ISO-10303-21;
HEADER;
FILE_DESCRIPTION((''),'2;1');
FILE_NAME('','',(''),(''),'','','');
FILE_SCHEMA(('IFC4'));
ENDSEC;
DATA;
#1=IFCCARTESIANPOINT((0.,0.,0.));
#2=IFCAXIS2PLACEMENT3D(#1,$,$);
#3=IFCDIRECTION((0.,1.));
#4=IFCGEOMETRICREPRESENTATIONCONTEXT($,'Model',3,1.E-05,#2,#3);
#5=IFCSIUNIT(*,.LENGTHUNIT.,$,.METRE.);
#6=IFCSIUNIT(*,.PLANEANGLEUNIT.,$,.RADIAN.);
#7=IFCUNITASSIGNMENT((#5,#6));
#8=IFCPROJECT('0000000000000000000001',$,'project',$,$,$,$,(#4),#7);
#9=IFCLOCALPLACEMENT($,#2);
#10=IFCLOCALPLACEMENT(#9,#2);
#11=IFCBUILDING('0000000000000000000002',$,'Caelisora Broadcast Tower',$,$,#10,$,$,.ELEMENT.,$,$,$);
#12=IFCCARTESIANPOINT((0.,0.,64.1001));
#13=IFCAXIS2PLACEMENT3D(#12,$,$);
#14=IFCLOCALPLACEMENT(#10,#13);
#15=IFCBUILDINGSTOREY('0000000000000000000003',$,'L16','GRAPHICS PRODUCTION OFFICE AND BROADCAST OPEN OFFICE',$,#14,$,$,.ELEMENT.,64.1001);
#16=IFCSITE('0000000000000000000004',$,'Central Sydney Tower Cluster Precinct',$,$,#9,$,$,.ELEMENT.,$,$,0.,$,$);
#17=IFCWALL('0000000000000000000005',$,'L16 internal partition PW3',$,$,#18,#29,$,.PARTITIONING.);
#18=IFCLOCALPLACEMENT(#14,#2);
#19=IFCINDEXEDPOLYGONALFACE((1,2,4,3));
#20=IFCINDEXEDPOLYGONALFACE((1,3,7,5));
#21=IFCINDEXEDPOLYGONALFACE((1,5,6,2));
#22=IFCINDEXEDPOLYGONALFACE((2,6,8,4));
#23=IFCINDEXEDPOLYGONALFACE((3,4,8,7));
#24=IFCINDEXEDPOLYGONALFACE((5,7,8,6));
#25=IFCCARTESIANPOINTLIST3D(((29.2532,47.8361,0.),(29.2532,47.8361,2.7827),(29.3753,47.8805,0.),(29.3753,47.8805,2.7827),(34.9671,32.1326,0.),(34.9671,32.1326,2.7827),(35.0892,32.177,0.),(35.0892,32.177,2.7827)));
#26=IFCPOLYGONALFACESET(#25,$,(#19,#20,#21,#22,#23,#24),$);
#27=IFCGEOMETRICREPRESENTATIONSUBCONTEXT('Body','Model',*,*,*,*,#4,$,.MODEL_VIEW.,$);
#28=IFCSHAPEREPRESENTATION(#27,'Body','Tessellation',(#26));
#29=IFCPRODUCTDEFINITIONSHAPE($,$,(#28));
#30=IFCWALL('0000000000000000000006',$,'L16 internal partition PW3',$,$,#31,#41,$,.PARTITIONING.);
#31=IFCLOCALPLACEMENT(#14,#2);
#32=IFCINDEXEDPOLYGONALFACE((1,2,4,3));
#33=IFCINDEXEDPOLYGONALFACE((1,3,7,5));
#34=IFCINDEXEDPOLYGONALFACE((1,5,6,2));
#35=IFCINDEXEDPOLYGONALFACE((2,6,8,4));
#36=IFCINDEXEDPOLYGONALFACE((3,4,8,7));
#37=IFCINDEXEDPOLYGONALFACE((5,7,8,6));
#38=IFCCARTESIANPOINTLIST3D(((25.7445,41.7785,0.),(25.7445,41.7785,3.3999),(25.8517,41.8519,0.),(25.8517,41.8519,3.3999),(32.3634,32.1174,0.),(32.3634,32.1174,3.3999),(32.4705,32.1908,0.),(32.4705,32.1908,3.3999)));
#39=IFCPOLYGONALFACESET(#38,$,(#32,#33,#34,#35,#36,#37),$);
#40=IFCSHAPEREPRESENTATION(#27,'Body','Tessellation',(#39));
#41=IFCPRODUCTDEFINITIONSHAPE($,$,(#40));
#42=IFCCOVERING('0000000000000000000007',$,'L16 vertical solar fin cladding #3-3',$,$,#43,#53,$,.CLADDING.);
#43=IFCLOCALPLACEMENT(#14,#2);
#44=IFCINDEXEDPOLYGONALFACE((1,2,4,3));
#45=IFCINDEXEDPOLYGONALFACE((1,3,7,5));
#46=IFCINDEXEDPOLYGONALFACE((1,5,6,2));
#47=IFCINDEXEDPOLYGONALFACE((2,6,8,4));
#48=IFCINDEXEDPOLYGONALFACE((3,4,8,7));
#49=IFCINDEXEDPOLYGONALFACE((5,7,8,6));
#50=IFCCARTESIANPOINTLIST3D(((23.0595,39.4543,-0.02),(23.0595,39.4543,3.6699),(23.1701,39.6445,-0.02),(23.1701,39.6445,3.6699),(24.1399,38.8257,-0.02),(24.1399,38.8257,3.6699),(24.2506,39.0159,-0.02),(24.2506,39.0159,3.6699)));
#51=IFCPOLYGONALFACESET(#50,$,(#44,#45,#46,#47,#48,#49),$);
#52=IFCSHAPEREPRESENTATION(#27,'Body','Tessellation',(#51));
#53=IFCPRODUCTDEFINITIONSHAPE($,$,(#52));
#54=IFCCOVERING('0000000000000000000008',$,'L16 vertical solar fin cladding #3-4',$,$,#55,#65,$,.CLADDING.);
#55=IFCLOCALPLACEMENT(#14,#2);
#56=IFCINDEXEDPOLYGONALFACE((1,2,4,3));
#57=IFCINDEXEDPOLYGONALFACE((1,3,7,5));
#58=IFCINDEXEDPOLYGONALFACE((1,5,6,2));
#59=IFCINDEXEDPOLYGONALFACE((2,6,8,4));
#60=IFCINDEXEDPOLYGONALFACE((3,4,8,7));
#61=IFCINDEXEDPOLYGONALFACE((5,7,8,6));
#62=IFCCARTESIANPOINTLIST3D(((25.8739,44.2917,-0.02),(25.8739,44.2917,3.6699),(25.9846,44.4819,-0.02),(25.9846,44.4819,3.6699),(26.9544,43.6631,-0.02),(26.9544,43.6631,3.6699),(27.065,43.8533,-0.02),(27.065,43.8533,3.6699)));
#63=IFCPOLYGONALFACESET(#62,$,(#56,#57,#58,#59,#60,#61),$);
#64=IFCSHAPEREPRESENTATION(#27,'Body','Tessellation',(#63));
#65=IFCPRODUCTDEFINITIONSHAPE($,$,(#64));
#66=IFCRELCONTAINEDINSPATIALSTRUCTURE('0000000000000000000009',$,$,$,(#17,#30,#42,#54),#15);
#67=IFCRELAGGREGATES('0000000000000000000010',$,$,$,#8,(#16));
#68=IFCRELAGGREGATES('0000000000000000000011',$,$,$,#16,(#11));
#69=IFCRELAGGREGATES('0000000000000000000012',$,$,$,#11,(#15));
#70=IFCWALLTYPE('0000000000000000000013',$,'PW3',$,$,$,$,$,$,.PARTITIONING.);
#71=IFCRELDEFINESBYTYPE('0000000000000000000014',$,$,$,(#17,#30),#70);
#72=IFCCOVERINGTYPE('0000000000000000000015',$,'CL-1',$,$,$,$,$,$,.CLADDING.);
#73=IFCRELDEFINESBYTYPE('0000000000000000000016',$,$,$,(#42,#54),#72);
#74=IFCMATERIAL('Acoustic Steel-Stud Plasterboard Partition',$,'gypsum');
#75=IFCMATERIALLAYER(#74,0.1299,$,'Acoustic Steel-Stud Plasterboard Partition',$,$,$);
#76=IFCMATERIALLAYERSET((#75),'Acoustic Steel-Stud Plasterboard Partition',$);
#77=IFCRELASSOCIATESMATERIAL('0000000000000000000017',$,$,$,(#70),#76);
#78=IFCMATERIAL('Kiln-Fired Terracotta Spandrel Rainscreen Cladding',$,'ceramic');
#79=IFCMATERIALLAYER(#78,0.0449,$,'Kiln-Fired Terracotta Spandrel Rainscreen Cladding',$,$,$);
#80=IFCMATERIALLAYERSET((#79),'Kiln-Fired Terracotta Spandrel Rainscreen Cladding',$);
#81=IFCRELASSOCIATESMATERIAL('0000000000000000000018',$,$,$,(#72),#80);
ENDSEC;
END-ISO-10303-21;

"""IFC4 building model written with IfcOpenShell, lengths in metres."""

from ifc_helpers import new_model, si_unit, direction, frame, frame_2d, origin, origin_2d, place, context, subcontext, project, spatial, rectangle, extrude, source, transform, mapped, material, layer, layer_set, type_object, type_shapes, element, save


model = new_model("IFC4")

# Units and contexts
model_context = context("Model", 3, precision=1e-05, world=origin(), true_north=direction((0.0, 1.0)))
body_context = subcontext(model_context, "Body", "Model", "MODEL_VIEW")
ifc_project = project(units=[si_unit("LENGTHUNIT", "METRE"), si_unit("PLANEANGLEUNIT", "RADIAN")], contexts=[model_context])

# Site, building, storey
site_placement = place(None, origin())
site = spatial("IfcSite", under=ifc_project, at=site_placement, Name="Central Sydney Tower Cluster Precinct", CompositionType="ELEMENT", RefElevation=0.0)
building_placement = place(site_placement, origin())
building = spatial("IfcBuilding", under=site, at=building_placement, Name="Caelisora Broadcast Tower", CompositionType="ELEMENT")
storey_placement = place(building_placement, frame((0.0, 0.0, 64.1001)))
storey = spatial("IfcBuildingStorey", under=building, at=storey_placement, Name="L16", Description="GRAPHICS PRODUCTION OFFICE AND BROADCAST OPEN OFFICE", CompositionType="ELEMENT", Elevation=64.1001)

# Walls
ifc_material_1 = material(Name="Acoustic Steel-Stud Plasterboard Partition", Category="gypsum")
ifc_layer_1 = layer(ifc_material_1, 0.1299, Name="Acoustic Steel-Stud Plasterboard Partition")
ifc_layer_set_1 = layer_set([ifc_layer_1], Name="Acoustic Steel-Stud Plasterboard Partition")
wall_type_1 = type_object("IfcWallType", Name="PW3", PredefinedType="PARTITIONING", material=ifc_layer_set_1)
wall_1_placement = place(storey_placement, frame((29.3142, 47.8584, 0.0), z_axis=(0.0, 0.0, 1.0), x_axis=(0.341931, -0.939725, 0.0)))
element("IfcWall", 1, at=wall_1_placement, inside=storey, type_object=wall_type_1, Name="L16 internal partition PW3", PredefinedType="PARTITIONING", context=body_context, shape_type="SweptSolid", body=[
    extrude(rectangle(XDim=16.7107, YDim=0.1299, at=frame_2d((8.3555, 0.0))), origin(), (0.0, 0.0, 1.0), 2.7827),
])
wall_2_placement = place(storey_placement, frame((25.7981, 41.8152, 0.0), z_axis=(0.0, 0.0, 1.0), x_axis=(0.565187, -0.824963, 0.0)))
element("IfcWall", 2, at=wall_2_placement, inside=storey, type_object=wall_type_1, Name="L16 internal partition PW3", PredefinedType="PARTITIONING", context=body_context, shape_type="SweptSolid", body=[
    extrude(rectangle(XDim=11.7109, YDim=0.1299, at=frame_2d((5.8555, 0.0))), origin(), (0.0, 0.0, 1.0), 3.3999),
])

# Coverings
ifc_material_2 = material(Name="Kiln-Fired Terracotta Spandrel Rainscreen Cladding", Category="ceramic")
ifc_layer_2 = layer(ifc_material_2, 0.0449, Name="Kiln-Fired Terracotta Spandrel Rainscreen Cladding")
ifc_layer_set_2 = layer_set([ifc_layer_2], Name="Kiln-Fired Terracotta Spandrel Rainscreen Cladding")
covering_type = type_object("IfcCoveringType", Name="CL-1", PredefinedType="CLADDING", material=ifc_layer_set_2)
shared_shape_1 = source(origin(), body_context, "Body", "SweptSolid", [
    extrude(rectangle(XDim=0.22, YDim=1.25, at=origin_2d()), origin(), (0.0, 0.0, 1.0), 3.6899),
])
type_shapes(covering_type, [shared_shape_1])
for number, where, z_axis, x_axis, name in (
    (3, (23.655, 39.2351, -0.02), (0.0, 0.0, 1.0), (0.502869, 0.864363, 0.0), "L16 vertical solar fin cladding #3-3"),
    (4, (26.4695, 44.0725, -0.02), (0.0, 0.0, 1.0), (0.502869, 0.864363, 0.0), "L16 vertical solar fin cladding #3-4"),
):
    element("IfcCovering", number, at=place(storey_placement, frame(where, z_axis=z_axis, x_axis=x_axis)), inside=storey, type_object=covering_type, Name=name, PredefinedType="CLADDING", context=body_context, shape_type="MappedRepresentation", body=[
        mapped(shared_shape_1, transform((0.0, 0.0, 0.0), scale=1.0)),
    ])

save(model, "model.ifc")
